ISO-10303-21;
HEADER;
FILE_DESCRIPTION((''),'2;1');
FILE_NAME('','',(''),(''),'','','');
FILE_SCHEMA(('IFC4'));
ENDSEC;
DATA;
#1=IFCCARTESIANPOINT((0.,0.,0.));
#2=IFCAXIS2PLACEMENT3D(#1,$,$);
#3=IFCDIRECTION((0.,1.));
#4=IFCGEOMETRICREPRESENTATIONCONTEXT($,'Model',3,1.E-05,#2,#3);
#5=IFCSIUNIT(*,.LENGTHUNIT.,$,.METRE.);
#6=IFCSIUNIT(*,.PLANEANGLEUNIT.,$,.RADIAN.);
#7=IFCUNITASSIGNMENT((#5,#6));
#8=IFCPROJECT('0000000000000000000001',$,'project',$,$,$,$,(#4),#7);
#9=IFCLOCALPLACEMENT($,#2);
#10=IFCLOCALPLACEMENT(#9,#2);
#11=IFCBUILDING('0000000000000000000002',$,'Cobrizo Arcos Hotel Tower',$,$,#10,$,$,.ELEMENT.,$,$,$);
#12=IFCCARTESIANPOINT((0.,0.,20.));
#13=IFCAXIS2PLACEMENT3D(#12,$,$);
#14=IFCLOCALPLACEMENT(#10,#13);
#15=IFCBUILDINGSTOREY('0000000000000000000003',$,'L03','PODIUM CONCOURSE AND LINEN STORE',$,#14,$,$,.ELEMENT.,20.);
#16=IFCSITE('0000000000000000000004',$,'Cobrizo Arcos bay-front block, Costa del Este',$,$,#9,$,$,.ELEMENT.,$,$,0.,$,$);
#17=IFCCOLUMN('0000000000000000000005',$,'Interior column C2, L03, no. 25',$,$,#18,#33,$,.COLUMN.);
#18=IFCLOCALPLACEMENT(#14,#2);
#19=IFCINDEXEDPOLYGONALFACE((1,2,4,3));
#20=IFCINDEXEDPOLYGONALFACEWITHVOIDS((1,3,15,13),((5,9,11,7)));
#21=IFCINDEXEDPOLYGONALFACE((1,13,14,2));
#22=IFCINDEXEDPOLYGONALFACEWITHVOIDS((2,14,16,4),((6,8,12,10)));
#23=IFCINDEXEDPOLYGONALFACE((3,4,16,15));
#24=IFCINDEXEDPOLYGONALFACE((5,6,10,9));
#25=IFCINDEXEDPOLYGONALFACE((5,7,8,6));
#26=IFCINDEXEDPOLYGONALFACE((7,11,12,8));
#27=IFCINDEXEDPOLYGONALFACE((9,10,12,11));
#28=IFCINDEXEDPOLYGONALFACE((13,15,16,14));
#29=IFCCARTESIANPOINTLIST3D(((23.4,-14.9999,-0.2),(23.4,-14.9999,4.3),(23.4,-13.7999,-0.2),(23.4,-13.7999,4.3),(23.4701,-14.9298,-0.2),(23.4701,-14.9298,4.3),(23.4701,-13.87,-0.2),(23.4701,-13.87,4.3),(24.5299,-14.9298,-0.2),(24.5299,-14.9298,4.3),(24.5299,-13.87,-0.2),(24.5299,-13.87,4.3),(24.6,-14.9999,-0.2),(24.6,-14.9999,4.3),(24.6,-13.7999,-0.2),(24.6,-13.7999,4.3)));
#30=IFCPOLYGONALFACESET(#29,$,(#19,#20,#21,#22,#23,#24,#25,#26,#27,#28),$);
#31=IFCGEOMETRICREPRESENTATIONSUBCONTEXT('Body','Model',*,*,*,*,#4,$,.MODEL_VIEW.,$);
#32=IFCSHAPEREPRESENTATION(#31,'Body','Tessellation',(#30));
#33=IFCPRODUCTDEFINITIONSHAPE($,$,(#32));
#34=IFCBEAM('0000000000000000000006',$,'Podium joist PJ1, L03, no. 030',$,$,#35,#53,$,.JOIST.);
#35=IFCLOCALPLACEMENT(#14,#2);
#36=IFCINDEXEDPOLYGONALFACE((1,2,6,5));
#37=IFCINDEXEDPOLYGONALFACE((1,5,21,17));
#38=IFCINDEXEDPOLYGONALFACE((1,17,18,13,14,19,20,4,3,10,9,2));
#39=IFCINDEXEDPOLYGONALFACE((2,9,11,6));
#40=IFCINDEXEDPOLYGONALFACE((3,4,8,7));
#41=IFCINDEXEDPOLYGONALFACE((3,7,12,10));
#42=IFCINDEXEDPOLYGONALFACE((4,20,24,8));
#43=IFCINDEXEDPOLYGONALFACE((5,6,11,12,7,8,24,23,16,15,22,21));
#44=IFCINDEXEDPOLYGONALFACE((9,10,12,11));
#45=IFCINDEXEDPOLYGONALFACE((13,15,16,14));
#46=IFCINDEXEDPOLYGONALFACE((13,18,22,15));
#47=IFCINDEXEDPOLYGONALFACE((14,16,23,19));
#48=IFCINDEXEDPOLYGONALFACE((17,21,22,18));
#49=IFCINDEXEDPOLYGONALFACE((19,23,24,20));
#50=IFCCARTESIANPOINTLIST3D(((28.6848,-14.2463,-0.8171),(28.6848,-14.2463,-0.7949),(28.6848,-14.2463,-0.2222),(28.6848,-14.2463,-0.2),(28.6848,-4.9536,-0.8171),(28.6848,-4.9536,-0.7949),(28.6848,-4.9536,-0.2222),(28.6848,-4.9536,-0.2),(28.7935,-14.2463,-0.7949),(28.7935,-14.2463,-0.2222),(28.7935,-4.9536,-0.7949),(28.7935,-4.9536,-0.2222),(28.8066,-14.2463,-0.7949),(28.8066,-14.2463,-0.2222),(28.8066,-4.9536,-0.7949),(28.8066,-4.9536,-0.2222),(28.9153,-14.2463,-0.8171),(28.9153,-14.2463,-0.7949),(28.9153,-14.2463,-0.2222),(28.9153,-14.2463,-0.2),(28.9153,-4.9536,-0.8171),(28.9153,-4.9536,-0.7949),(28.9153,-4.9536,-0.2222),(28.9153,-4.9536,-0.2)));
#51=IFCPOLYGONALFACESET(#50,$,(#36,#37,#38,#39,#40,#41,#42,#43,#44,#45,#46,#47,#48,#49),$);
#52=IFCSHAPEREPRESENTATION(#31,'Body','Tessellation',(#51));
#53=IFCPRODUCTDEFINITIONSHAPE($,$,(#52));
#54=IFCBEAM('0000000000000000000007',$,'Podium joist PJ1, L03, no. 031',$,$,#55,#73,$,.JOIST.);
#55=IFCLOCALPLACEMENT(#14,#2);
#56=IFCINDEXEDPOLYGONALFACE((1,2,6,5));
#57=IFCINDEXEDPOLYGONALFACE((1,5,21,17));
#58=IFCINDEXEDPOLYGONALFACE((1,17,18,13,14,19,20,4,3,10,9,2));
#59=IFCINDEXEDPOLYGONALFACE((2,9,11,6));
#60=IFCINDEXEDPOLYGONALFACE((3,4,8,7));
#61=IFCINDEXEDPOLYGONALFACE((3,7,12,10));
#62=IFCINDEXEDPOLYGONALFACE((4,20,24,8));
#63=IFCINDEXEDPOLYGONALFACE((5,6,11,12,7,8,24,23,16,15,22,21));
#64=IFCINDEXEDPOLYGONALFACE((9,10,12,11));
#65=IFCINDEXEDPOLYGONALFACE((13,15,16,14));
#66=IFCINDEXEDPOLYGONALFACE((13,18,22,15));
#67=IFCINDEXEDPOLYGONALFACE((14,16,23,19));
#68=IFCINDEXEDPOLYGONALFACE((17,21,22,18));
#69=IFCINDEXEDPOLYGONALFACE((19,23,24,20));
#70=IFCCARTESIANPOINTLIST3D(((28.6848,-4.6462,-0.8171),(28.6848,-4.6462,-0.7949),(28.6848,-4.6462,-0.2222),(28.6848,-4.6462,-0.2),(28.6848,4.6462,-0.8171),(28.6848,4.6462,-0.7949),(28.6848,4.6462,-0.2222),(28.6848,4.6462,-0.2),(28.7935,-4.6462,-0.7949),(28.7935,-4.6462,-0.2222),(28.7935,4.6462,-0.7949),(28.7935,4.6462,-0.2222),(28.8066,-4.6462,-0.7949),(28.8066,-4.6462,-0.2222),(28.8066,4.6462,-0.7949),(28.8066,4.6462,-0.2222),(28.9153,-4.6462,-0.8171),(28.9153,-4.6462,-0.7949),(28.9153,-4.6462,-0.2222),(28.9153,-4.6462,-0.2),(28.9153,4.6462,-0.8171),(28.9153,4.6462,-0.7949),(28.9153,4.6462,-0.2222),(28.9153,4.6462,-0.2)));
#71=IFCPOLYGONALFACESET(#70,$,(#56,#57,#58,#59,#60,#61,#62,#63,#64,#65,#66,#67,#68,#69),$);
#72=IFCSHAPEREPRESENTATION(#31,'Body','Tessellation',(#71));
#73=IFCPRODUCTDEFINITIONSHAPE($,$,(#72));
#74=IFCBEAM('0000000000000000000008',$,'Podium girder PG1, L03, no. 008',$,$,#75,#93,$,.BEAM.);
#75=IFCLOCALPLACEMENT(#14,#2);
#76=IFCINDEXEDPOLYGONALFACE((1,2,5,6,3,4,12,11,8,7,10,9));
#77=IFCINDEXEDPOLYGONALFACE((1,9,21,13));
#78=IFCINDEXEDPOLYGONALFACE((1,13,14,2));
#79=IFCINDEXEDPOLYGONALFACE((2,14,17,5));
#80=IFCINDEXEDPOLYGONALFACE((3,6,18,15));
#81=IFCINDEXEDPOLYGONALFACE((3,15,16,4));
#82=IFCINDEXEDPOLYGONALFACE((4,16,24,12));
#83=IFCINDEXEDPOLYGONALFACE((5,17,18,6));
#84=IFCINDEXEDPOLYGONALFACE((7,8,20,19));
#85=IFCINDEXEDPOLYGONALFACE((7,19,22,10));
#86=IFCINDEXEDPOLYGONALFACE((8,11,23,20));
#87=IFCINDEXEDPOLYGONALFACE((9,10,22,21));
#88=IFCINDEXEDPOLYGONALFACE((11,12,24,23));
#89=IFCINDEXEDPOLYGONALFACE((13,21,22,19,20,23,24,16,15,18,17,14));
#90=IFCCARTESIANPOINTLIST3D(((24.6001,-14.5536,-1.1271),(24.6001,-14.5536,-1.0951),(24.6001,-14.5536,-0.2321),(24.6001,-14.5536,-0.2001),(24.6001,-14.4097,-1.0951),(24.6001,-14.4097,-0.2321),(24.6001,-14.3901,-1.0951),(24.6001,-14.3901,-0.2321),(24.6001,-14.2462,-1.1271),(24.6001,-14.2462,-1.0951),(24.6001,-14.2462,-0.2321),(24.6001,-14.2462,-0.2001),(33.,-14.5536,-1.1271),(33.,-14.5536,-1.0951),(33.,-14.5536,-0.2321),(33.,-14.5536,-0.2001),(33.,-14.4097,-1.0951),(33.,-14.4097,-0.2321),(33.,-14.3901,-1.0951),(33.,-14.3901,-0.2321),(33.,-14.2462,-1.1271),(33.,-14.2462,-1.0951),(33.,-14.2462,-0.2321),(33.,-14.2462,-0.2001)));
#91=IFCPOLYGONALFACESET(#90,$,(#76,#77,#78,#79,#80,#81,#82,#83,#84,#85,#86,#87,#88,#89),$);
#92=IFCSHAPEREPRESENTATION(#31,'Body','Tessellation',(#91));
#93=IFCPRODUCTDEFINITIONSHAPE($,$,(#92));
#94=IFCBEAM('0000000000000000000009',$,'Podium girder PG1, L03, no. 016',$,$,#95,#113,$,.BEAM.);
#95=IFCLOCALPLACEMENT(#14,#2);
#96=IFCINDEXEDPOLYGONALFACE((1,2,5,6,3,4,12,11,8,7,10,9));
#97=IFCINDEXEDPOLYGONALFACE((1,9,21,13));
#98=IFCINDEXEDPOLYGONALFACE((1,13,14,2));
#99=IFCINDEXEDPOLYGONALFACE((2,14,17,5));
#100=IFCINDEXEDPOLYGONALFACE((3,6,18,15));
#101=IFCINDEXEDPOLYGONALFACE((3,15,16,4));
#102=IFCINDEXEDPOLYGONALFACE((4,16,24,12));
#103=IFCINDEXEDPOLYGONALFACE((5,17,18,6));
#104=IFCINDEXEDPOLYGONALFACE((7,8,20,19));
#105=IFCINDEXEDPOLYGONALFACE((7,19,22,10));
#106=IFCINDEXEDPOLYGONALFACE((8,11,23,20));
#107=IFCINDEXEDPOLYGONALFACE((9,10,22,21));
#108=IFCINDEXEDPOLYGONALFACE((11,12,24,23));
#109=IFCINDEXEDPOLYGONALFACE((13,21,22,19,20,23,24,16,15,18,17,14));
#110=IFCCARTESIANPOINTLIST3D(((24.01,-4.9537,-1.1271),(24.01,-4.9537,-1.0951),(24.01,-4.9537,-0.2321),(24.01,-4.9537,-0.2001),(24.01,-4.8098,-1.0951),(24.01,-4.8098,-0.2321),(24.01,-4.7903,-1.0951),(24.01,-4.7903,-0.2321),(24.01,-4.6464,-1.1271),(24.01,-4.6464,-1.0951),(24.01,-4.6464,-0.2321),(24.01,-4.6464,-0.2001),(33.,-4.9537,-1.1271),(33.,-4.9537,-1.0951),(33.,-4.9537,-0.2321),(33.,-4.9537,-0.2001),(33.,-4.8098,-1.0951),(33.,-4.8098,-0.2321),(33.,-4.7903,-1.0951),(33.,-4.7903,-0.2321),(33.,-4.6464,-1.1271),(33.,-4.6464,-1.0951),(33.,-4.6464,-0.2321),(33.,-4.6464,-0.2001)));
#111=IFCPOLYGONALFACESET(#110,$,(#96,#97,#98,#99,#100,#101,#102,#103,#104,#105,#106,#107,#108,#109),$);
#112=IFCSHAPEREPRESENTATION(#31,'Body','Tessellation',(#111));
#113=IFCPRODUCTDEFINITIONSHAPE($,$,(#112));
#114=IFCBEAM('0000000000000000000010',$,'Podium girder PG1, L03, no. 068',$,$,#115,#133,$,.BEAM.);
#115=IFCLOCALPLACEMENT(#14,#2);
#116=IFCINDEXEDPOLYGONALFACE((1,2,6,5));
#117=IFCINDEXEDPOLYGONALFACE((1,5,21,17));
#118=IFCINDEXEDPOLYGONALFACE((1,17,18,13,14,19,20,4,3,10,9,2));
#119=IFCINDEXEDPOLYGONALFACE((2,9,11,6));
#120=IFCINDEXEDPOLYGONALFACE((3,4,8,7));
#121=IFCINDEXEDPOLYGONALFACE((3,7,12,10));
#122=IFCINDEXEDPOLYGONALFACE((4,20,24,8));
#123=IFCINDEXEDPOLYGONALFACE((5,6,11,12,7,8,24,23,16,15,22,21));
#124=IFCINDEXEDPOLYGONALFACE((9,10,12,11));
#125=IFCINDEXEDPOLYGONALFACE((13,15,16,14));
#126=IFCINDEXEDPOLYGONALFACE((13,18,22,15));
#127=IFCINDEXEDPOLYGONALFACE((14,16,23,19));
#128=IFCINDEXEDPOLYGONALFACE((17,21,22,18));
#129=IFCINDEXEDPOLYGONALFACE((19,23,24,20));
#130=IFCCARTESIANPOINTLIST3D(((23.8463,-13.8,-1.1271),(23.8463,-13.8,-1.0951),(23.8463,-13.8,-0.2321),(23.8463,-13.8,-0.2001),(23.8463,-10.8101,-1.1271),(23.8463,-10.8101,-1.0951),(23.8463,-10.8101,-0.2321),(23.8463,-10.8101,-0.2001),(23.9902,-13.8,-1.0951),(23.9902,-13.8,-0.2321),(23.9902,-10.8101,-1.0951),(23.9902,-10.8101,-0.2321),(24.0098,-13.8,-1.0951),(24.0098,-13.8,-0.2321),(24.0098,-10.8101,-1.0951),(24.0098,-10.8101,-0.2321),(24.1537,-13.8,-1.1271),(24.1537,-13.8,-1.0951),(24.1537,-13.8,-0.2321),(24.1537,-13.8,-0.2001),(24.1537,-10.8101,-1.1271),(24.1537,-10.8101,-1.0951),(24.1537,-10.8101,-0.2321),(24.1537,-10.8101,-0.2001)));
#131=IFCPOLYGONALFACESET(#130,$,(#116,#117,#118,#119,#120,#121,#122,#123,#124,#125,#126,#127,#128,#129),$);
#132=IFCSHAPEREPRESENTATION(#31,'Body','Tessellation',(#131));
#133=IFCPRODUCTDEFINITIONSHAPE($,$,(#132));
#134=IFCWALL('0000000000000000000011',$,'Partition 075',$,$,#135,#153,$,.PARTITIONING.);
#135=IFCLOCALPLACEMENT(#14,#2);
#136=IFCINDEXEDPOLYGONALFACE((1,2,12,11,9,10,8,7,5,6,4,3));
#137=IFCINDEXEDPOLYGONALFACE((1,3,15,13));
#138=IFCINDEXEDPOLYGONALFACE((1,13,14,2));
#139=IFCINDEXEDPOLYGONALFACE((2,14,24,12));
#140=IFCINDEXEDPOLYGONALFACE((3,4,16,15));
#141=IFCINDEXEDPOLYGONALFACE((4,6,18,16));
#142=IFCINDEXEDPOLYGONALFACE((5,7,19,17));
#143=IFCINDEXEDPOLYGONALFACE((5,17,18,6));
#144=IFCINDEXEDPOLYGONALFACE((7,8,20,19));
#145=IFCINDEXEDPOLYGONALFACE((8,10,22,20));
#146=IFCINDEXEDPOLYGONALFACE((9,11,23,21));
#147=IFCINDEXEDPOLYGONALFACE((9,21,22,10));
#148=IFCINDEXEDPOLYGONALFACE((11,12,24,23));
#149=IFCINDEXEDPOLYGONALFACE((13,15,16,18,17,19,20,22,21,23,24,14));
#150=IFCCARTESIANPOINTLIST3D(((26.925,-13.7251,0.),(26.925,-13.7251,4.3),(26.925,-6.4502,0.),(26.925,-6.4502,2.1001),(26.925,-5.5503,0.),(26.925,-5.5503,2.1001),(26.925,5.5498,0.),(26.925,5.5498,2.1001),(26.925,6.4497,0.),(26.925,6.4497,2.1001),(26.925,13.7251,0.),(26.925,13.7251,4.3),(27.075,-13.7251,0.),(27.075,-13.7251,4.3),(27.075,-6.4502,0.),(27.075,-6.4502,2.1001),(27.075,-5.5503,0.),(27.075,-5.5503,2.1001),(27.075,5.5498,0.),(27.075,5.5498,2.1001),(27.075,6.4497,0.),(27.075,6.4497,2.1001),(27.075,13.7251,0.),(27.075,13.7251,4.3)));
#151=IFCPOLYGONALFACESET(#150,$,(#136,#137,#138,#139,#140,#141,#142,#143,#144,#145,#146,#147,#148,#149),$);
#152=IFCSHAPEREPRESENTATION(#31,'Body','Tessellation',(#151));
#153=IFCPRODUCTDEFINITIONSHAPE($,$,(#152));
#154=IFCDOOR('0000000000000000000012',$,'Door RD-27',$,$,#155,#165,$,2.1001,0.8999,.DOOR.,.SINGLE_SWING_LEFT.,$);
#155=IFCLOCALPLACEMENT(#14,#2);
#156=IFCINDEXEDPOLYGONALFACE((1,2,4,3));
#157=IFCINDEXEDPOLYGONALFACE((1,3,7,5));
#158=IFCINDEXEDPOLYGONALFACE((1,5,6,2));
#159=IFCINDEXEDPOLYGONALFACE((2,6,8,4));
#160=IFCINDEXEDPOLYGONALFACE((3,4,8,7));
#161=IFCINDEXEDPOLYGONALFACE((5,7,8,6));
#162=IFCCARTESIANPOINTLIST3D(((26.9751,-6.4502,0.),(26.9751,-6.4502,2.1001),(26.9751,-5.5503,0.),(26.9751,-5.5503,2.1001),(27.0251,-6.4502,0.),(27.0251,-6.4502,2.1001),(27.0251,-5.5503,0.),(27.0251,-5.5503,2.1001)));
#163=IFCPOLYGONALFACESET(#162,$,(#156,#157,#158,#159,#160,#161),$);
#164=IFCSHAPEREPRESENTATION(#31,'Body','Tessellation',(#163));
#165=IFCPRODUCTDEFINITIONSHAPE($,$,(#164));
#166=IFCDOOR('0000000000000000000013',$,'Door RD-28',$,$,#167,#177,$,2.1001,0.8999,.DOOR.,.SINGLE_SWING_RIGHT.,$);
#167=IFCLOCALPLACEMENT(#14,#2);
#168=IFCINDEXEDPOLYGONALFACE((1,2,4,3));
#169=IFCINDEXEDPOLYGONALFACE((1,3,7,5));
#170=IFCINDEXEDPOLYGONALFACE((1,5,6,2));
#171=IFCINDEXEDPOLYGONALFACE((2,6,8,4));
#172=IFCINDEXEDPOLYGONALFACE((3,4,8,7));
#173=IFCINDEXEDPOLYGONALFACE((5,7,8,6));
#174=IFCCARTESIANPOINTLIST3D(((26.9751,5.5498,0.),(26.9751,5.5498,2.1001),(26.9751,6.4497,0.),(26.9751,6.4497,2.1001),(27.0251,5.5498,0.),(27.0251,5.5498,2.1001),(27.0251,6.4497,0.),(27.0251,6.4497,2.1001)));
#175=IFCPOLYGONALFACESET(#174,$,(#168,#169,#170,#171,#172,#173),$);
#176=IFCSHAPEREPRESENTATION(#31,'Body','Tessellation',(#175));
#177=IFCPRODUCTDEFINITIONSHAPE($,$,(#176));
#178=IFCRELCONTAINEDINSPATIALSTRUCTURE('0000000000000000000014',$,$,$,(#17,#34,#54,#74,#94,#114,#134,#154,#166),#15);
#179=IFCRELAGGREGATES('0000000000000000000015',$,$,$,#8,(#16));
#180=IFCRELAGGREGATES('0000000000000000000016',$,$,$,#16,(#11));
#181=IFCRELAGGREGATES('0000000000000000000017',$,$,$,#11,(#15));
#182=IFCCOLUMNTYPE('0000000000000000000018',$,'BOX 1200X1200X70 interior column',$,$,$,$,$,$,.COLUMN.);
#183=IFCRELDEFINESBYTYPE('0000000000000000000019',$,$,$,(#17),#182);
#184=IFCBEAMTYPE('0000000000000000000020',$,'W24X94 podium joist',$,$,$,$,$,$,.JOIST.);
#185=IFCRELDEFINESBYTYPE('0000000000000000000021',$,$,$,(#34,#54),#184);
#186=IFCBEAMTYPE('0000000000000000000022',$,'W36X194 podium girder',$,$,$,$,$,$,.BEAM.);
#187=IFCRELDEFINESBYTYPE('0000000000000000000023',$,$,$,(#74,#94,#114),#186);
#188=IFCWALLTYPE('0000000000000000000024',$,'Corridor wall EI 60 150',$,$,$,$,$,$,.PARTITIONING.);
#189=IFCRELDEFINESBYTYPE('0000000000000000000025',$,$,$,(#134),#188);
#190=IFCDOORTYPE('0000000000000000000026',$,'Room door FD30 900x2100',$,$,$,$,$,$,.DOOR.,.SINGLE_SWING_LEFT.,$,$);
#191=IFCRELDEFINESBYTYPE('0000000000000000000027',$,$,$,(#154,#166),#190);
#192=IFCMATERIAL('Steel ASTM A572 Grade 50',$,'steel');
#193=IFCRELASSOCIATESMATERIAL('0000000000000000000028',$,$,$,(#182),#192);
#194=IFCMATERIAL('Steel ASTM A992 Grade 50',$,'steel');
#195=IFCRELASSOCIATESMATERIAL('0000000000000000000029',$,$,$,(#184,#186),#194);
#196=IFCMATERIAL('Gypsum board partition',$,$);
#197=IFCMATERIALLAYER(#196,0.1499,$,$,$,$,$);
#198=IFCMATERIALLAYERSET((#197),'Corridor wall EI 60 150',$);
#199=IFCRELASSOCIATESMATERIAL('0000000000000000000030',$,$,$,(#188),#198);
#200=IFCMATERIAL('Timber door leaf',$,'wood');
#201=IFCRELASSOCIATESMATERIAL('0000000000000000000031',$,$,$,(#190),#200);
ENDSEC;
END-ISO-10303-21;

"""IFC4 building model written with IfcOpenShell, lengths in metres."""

from ifc_helpers import new_model, si_unit, direction, frame, frame_2d, origin, origin_2d, place, context, subcontext, project, spatial, rectangle, hollow_rectangle, i_section, extrude, material, layer, layer_set, material_profile, profile_set, type_object, element, fill, save


model = new_model("IFC4")

# Units and contexts
model_context = context("Model", 3, precision=1e-05, world=origin(), true_north=direction((0.0, 1.0)))
body_context = subcontext(model_context, "Body", "Model", "MODEL_VIEW")
ifc_project = project(units=[si_unit("LENGTHUNIT", "METRE"), si_unit("PLANEANGLEUNIT", "RADIAN")], contexts=[model_context])

# Site, building, storey
site_placement = place(None, origin())
site = spatial("IfcSite", under=ifc_project, at=site_placement, Name="Cobrizo Arcos bay-front block, Costa del Este", CompositionType="ELEMENT", RefElevation=0.0)
building_placement = place(site_placement, origin())
building = spatial("IfcBuilding", under=site, at=building_placement, Name="Cobrizo Arcos Hotel Tower", CompositionType="ELEMENT")
storey_placement = place(building_placement, frame((0.0, 0.0, 20.0)))
storey = spatial("IfcBuildingStorey", under=building, at=storey_placement, Name="L03", Description="PODIUM CONCOURSE AND LINEN STORE", CompositionType="ELEMENT", Elevation=20.0)

# Column
ifc_material_1 = material(Name="Steel ASTM A572 Grade 50", Category="steel")
ifc_material_profile_1 = material_profile(ifc_material_1, hollow_rectangle(XDim=1.2, YDim=1.2, WallThickness=0.0701, at=origin_2d()), Name="BOX 1200X1200X70")
ifc_profile_set_1 = profile_set([ifc_material_profile_1], Name="Steel ASTM A572 Grade 50")
column_type = type_object("IfcColumnType", Name="BOX 1200X1200X70 interior column", PredefinedType="COLUMN", material=ifc_profile_set_1)
column_placement = place(storey_placement, frame((24.0, -14.3999, -0.2), z_axis=(0.0, 0.0, 1.0), x_axis=(1.0, 0.0, 0.0)))
element("IfcColumn", 1, at=column_placement, inside=storey, type_object=column_type, Name="Interior column C2, L03, no. 25", PredefinedType="COLUMN", context=body_context, shape_type="SweptSolid", body=[
    extrude(hollow_rectangle(XDim=1.2, YDim=1.2, WallThickness=0.0701, at=origin_2d()), origin(), (0.0, 0.0, 1.0), 4.5),
])

# Beams
ifc_material_2 = material(Name="Steel ASTM A992 Grade 50", Category="steel")
ifc_material_profile_2 = material_profile(ifc_material_2, i_section(OverallWidth=0.2305, OverallDepth=0.6172, WebThickness=0.0132, FlangeThickness=0.0222, at=origin_2d()), Name="W24X94")
ifc_profile_set_2 = profile_set([ifc_material_profile_2], Name="Steel ASTM A992 Grade 50")
beam_type_1 = type_object("IfcBeamType", Name="W24X94 podium joist", PredefinedType="JOIST", material=ifc_profile_set_2)
beam_1_placement = place(storey_placement, frame((28.8, -14.2463, -0.5085), z_axis=(0.0, 1.0, 0.0), x_axis=(-1.0, 0.0, 0.0)))
element("IfcBeam", 2, at=beam_1_placement, inside=storey, type_object=beam_type_1, Name="Podium joist PJ1, L03, no. 030", PredefinedType="JOIST", context=body_context, shape_type="SweptSolid", body=[
    extrude(i_section(OverallWidth=0.2305, OverallDepth=0.6172, WebThickness=0.0132, FlangeThickness=0.0222, at=origin_2d()), origin(), (0.0, 0.0, 1.0), 9.2927),
])
beam_2_placement = place(storey_placement, frame((28.8, -4.6462, -0.5085), z_axis=(0.0, 1.0, 0.0), x_axis=(-1.0, 0.0, 0.0)))
element("IfcBeam", 3, at=beam_2_placement, inside=storey, type_object=beam_type_1, Name="Podium joist PJ1, L03, no. 031", PredefinedType="JOIST", context=body_context, shape_type="SweptSolid", body=[
    extrude(i_section(OverallWidth=0.2305, OverallDepth=0.6172, WebThickness=0.0132, FlangeThickness=0.0222, at=origin_2d()), origin(), (0.0, 0.0, 1.0), 9.2925),
])
ifc_material_profile_3 = material_profile(ifc_material_2, i_section(OverallWidth=0.3074, OverallDepth=0.927, WebThickness=0.0195, FlangeThickness=0.032, at=origin_2d()), Name="W36X194")
ifc_profile_set_3 = profile_set([ifc_material_profile_3], Name="Steel ASTM A992 Grade 50")
beam_type_2 = type_object("IfcBeamType", Name="W36X194 podium girder", PredefinedType="BEAM", material=ifc_profile_set_3)
beam_3_placement = place(storey_placement, frame((24.6001, -14.3999, -0.6636), z_axis=(1.0, 0.0, 0.0), x_axis=(0.0, 1.0, 0.0)))
element("IfcBeam", 4, at=beam_3_placement, inside=storey, type_object=beam_type_2, Name="Podium girder PG1, L03, no. 008", PredefinedType="BEAM", context=body_context, shape_type="SweptSolid", body=[
    extrude(i_section(OverallWidth=0.3074, OverallDepth=0.927, WebThickness=0.0195, FlangeThickness=0.032, at=origin_2d()), origin(), (0.0, 0.0, 1.0), 8.3999),
])
beam_4_placement = place(storey_placement, frame((24.01, -4.8, -0.6636), z_axis=(1.0, 0.0, 0.0), x_axis=(0.0, 1.0, 0.0)))
element("IfcBeam", 5, at=beam_4_placement, inside=storey, type_object=beam_type_2, Name="Podium girder PG1, L03, no. 016", PredefinedType="BEAM", context=body_context, shape_type="SweptSolid", body=[
    extrude(i_section(OverallWidth=0.3074, OverallDepth=0.927, WebThickness=0.0195, FlangeThickness=0.032, at=origin_2d()), origin(), (0.0, 0.0, 1.0), 8.99),
])
beam_5_placement = place(storey_placement, frame((24.0, -13.8, -0.6636), z_axis=(0.0, 1.0, 0.0), x_axis=(-1.0, 0.0, 0.0)))
element("IfcBeam", 6, at=beam_5_placement, inside=storey, type_object=beam_type_2, Name="Podium girder PG1, L03, no. 068", PredefinedType="BEAM", context=body_context, shape_type="SweptSolid", body=[
    extrude(i_section(OverallWidth=0.3074, OverallDepth=0.927, WebThickness=0.0195, FlangeThickness=0.032, at=origin_2d()), origin(), (0.0, 0.0, 1.0), 2.99),
])

# Wall, openings, doors
ifc_material_3 = material(Name="Gypsum board partition")
ifc_layer_1 = layer(ifc_material_3, 0.1499)
ifc_layer_set_1 = layer_set([ifc_layer_1], Name="Corridor wall EI 60 150")
wall_type_1 = type_object("IfcWallType", Name="Corridor wall EI 60 150", PredefinedType="PARTITIONING", material=ifc_layer_set_1)
wall_1_placement = place(storey_placement, frame((27.0, -13.7251, 0.0), z_axis=(0.0, 0.0, 1.0), x_axis=(0.0, 1.0, 0.0)))
wall_1 = element("IfcWall", 7, at=wall_1_placement, inside=storey, type_object=wall_type_1, Name="Partition 075", PredefinedType="PARTITIONING", context=body_context, shape_type="SweptSolid", body=[
    extrude(rectangle(XDim=27.4502, YDim=0.1499, at=frame_2d((13.7251, 0.0))), origin(), (0.0, 0.0, 1.0), 4.3),
])
opening_1_placement = place(wall_1_placement, frame((7.2749, 0.0, 0.0)))
opening_1 = element("IfcOpeningElement", 8, at=opening_1_placement, cuts=wall_1, PredefinedType="OPENING", context=body_context, shape_type="SweptSolid", body=[
    extrude(rectangle(XDim=0.8999, YDim=2.1001, at=frame_2d((0.45, 1.05))), frame((0.0, 0.0869, 0.0), z_axis=(0.0, -1.0, 0.0), x_axis=(1.0, 0.0, 0.0)), (0.0, 0.0, 1.0), 0.1738),
])
opening_2_placement = place(wall_1_placement, frame((19.2749, 0.0, 0.0)))
opening_2 = element("IfcOpeningElement", 9, at=opening_2_placement, cuts=wall_1, PredefinedType="OPENING", context=body_context, shape_type="SweptSolid", body=[
    extrude(rectangle(XDim=0.8999, YDim=2.1001, at=frame_2d((0.45, 1.05))), frame((0.0, 0.0869, 0.0), z_axis=(0.0, -1.0, 0.0), x_axis=(1.0, 0.0, 0.0)), (0.0, 0.0, 1.0), 0.1738),
])
ifc_material_4 = material(Name="Timber door leaf", Category="wood")
door_type = type_object("IfcDoorType", Name="Room door FD30 900x2100", OperationType="SINGLE_SWING_LEFT", PredefinedType="DOOR", material=ifc_material_4)
door_1_placement = place(opening_1_placement, origin())
door_1 = element("IfcDoor", 10, at=door_1_placement, inside=storey, type_object=door_type, Name="Door RD-27", OperationType="SINGLE_SWING_LEFT", OverallHeight=2.1001, OverallWidth=0.8999, PredefinedType="DOOR", context=body_context, shape_type="SweptSolid", body=[
    extrude(rectangle(XDim=0.8999, YDim=2.1001, at=frame_2d((0.45, 1.05))), frame((0.0, 0.0249, 0.0), z_axis=(0.0, -1.0, 0.0), x_axis=(1.0, 0.0, 0.0)), (0.0, 0.0, 1.0), 0.05),
])
fill(opening_1, door_1)
door_2_placement = place(opening_2_placement, origin())
door_2 = element("IfcDoor", 11, at=door_2_placement, inside=storey, type_object=door_type, Name="Door RD-28", OperationType="SINGLE_SWING_RIGHT", OverallHeight=2.1001, OverallWidth=0.8999, PredefinedType="DOOR", context=body_context, shape_type="SweptSolid", body=[
    extrude(rectangle(XDim=0.8999, YDim=2.1001, at=frame_2d((0.45, 1.05))), frame((0.0, 0.0249, 0.0), z_axis=(0.0, -1.0, 0.0), x_axis=(1.0, 0.0, 0.0)), (0.0, 0.0, 1.0), 0.05),
])
fill(opening_2, door_2)

save(model, "model.ifc")
